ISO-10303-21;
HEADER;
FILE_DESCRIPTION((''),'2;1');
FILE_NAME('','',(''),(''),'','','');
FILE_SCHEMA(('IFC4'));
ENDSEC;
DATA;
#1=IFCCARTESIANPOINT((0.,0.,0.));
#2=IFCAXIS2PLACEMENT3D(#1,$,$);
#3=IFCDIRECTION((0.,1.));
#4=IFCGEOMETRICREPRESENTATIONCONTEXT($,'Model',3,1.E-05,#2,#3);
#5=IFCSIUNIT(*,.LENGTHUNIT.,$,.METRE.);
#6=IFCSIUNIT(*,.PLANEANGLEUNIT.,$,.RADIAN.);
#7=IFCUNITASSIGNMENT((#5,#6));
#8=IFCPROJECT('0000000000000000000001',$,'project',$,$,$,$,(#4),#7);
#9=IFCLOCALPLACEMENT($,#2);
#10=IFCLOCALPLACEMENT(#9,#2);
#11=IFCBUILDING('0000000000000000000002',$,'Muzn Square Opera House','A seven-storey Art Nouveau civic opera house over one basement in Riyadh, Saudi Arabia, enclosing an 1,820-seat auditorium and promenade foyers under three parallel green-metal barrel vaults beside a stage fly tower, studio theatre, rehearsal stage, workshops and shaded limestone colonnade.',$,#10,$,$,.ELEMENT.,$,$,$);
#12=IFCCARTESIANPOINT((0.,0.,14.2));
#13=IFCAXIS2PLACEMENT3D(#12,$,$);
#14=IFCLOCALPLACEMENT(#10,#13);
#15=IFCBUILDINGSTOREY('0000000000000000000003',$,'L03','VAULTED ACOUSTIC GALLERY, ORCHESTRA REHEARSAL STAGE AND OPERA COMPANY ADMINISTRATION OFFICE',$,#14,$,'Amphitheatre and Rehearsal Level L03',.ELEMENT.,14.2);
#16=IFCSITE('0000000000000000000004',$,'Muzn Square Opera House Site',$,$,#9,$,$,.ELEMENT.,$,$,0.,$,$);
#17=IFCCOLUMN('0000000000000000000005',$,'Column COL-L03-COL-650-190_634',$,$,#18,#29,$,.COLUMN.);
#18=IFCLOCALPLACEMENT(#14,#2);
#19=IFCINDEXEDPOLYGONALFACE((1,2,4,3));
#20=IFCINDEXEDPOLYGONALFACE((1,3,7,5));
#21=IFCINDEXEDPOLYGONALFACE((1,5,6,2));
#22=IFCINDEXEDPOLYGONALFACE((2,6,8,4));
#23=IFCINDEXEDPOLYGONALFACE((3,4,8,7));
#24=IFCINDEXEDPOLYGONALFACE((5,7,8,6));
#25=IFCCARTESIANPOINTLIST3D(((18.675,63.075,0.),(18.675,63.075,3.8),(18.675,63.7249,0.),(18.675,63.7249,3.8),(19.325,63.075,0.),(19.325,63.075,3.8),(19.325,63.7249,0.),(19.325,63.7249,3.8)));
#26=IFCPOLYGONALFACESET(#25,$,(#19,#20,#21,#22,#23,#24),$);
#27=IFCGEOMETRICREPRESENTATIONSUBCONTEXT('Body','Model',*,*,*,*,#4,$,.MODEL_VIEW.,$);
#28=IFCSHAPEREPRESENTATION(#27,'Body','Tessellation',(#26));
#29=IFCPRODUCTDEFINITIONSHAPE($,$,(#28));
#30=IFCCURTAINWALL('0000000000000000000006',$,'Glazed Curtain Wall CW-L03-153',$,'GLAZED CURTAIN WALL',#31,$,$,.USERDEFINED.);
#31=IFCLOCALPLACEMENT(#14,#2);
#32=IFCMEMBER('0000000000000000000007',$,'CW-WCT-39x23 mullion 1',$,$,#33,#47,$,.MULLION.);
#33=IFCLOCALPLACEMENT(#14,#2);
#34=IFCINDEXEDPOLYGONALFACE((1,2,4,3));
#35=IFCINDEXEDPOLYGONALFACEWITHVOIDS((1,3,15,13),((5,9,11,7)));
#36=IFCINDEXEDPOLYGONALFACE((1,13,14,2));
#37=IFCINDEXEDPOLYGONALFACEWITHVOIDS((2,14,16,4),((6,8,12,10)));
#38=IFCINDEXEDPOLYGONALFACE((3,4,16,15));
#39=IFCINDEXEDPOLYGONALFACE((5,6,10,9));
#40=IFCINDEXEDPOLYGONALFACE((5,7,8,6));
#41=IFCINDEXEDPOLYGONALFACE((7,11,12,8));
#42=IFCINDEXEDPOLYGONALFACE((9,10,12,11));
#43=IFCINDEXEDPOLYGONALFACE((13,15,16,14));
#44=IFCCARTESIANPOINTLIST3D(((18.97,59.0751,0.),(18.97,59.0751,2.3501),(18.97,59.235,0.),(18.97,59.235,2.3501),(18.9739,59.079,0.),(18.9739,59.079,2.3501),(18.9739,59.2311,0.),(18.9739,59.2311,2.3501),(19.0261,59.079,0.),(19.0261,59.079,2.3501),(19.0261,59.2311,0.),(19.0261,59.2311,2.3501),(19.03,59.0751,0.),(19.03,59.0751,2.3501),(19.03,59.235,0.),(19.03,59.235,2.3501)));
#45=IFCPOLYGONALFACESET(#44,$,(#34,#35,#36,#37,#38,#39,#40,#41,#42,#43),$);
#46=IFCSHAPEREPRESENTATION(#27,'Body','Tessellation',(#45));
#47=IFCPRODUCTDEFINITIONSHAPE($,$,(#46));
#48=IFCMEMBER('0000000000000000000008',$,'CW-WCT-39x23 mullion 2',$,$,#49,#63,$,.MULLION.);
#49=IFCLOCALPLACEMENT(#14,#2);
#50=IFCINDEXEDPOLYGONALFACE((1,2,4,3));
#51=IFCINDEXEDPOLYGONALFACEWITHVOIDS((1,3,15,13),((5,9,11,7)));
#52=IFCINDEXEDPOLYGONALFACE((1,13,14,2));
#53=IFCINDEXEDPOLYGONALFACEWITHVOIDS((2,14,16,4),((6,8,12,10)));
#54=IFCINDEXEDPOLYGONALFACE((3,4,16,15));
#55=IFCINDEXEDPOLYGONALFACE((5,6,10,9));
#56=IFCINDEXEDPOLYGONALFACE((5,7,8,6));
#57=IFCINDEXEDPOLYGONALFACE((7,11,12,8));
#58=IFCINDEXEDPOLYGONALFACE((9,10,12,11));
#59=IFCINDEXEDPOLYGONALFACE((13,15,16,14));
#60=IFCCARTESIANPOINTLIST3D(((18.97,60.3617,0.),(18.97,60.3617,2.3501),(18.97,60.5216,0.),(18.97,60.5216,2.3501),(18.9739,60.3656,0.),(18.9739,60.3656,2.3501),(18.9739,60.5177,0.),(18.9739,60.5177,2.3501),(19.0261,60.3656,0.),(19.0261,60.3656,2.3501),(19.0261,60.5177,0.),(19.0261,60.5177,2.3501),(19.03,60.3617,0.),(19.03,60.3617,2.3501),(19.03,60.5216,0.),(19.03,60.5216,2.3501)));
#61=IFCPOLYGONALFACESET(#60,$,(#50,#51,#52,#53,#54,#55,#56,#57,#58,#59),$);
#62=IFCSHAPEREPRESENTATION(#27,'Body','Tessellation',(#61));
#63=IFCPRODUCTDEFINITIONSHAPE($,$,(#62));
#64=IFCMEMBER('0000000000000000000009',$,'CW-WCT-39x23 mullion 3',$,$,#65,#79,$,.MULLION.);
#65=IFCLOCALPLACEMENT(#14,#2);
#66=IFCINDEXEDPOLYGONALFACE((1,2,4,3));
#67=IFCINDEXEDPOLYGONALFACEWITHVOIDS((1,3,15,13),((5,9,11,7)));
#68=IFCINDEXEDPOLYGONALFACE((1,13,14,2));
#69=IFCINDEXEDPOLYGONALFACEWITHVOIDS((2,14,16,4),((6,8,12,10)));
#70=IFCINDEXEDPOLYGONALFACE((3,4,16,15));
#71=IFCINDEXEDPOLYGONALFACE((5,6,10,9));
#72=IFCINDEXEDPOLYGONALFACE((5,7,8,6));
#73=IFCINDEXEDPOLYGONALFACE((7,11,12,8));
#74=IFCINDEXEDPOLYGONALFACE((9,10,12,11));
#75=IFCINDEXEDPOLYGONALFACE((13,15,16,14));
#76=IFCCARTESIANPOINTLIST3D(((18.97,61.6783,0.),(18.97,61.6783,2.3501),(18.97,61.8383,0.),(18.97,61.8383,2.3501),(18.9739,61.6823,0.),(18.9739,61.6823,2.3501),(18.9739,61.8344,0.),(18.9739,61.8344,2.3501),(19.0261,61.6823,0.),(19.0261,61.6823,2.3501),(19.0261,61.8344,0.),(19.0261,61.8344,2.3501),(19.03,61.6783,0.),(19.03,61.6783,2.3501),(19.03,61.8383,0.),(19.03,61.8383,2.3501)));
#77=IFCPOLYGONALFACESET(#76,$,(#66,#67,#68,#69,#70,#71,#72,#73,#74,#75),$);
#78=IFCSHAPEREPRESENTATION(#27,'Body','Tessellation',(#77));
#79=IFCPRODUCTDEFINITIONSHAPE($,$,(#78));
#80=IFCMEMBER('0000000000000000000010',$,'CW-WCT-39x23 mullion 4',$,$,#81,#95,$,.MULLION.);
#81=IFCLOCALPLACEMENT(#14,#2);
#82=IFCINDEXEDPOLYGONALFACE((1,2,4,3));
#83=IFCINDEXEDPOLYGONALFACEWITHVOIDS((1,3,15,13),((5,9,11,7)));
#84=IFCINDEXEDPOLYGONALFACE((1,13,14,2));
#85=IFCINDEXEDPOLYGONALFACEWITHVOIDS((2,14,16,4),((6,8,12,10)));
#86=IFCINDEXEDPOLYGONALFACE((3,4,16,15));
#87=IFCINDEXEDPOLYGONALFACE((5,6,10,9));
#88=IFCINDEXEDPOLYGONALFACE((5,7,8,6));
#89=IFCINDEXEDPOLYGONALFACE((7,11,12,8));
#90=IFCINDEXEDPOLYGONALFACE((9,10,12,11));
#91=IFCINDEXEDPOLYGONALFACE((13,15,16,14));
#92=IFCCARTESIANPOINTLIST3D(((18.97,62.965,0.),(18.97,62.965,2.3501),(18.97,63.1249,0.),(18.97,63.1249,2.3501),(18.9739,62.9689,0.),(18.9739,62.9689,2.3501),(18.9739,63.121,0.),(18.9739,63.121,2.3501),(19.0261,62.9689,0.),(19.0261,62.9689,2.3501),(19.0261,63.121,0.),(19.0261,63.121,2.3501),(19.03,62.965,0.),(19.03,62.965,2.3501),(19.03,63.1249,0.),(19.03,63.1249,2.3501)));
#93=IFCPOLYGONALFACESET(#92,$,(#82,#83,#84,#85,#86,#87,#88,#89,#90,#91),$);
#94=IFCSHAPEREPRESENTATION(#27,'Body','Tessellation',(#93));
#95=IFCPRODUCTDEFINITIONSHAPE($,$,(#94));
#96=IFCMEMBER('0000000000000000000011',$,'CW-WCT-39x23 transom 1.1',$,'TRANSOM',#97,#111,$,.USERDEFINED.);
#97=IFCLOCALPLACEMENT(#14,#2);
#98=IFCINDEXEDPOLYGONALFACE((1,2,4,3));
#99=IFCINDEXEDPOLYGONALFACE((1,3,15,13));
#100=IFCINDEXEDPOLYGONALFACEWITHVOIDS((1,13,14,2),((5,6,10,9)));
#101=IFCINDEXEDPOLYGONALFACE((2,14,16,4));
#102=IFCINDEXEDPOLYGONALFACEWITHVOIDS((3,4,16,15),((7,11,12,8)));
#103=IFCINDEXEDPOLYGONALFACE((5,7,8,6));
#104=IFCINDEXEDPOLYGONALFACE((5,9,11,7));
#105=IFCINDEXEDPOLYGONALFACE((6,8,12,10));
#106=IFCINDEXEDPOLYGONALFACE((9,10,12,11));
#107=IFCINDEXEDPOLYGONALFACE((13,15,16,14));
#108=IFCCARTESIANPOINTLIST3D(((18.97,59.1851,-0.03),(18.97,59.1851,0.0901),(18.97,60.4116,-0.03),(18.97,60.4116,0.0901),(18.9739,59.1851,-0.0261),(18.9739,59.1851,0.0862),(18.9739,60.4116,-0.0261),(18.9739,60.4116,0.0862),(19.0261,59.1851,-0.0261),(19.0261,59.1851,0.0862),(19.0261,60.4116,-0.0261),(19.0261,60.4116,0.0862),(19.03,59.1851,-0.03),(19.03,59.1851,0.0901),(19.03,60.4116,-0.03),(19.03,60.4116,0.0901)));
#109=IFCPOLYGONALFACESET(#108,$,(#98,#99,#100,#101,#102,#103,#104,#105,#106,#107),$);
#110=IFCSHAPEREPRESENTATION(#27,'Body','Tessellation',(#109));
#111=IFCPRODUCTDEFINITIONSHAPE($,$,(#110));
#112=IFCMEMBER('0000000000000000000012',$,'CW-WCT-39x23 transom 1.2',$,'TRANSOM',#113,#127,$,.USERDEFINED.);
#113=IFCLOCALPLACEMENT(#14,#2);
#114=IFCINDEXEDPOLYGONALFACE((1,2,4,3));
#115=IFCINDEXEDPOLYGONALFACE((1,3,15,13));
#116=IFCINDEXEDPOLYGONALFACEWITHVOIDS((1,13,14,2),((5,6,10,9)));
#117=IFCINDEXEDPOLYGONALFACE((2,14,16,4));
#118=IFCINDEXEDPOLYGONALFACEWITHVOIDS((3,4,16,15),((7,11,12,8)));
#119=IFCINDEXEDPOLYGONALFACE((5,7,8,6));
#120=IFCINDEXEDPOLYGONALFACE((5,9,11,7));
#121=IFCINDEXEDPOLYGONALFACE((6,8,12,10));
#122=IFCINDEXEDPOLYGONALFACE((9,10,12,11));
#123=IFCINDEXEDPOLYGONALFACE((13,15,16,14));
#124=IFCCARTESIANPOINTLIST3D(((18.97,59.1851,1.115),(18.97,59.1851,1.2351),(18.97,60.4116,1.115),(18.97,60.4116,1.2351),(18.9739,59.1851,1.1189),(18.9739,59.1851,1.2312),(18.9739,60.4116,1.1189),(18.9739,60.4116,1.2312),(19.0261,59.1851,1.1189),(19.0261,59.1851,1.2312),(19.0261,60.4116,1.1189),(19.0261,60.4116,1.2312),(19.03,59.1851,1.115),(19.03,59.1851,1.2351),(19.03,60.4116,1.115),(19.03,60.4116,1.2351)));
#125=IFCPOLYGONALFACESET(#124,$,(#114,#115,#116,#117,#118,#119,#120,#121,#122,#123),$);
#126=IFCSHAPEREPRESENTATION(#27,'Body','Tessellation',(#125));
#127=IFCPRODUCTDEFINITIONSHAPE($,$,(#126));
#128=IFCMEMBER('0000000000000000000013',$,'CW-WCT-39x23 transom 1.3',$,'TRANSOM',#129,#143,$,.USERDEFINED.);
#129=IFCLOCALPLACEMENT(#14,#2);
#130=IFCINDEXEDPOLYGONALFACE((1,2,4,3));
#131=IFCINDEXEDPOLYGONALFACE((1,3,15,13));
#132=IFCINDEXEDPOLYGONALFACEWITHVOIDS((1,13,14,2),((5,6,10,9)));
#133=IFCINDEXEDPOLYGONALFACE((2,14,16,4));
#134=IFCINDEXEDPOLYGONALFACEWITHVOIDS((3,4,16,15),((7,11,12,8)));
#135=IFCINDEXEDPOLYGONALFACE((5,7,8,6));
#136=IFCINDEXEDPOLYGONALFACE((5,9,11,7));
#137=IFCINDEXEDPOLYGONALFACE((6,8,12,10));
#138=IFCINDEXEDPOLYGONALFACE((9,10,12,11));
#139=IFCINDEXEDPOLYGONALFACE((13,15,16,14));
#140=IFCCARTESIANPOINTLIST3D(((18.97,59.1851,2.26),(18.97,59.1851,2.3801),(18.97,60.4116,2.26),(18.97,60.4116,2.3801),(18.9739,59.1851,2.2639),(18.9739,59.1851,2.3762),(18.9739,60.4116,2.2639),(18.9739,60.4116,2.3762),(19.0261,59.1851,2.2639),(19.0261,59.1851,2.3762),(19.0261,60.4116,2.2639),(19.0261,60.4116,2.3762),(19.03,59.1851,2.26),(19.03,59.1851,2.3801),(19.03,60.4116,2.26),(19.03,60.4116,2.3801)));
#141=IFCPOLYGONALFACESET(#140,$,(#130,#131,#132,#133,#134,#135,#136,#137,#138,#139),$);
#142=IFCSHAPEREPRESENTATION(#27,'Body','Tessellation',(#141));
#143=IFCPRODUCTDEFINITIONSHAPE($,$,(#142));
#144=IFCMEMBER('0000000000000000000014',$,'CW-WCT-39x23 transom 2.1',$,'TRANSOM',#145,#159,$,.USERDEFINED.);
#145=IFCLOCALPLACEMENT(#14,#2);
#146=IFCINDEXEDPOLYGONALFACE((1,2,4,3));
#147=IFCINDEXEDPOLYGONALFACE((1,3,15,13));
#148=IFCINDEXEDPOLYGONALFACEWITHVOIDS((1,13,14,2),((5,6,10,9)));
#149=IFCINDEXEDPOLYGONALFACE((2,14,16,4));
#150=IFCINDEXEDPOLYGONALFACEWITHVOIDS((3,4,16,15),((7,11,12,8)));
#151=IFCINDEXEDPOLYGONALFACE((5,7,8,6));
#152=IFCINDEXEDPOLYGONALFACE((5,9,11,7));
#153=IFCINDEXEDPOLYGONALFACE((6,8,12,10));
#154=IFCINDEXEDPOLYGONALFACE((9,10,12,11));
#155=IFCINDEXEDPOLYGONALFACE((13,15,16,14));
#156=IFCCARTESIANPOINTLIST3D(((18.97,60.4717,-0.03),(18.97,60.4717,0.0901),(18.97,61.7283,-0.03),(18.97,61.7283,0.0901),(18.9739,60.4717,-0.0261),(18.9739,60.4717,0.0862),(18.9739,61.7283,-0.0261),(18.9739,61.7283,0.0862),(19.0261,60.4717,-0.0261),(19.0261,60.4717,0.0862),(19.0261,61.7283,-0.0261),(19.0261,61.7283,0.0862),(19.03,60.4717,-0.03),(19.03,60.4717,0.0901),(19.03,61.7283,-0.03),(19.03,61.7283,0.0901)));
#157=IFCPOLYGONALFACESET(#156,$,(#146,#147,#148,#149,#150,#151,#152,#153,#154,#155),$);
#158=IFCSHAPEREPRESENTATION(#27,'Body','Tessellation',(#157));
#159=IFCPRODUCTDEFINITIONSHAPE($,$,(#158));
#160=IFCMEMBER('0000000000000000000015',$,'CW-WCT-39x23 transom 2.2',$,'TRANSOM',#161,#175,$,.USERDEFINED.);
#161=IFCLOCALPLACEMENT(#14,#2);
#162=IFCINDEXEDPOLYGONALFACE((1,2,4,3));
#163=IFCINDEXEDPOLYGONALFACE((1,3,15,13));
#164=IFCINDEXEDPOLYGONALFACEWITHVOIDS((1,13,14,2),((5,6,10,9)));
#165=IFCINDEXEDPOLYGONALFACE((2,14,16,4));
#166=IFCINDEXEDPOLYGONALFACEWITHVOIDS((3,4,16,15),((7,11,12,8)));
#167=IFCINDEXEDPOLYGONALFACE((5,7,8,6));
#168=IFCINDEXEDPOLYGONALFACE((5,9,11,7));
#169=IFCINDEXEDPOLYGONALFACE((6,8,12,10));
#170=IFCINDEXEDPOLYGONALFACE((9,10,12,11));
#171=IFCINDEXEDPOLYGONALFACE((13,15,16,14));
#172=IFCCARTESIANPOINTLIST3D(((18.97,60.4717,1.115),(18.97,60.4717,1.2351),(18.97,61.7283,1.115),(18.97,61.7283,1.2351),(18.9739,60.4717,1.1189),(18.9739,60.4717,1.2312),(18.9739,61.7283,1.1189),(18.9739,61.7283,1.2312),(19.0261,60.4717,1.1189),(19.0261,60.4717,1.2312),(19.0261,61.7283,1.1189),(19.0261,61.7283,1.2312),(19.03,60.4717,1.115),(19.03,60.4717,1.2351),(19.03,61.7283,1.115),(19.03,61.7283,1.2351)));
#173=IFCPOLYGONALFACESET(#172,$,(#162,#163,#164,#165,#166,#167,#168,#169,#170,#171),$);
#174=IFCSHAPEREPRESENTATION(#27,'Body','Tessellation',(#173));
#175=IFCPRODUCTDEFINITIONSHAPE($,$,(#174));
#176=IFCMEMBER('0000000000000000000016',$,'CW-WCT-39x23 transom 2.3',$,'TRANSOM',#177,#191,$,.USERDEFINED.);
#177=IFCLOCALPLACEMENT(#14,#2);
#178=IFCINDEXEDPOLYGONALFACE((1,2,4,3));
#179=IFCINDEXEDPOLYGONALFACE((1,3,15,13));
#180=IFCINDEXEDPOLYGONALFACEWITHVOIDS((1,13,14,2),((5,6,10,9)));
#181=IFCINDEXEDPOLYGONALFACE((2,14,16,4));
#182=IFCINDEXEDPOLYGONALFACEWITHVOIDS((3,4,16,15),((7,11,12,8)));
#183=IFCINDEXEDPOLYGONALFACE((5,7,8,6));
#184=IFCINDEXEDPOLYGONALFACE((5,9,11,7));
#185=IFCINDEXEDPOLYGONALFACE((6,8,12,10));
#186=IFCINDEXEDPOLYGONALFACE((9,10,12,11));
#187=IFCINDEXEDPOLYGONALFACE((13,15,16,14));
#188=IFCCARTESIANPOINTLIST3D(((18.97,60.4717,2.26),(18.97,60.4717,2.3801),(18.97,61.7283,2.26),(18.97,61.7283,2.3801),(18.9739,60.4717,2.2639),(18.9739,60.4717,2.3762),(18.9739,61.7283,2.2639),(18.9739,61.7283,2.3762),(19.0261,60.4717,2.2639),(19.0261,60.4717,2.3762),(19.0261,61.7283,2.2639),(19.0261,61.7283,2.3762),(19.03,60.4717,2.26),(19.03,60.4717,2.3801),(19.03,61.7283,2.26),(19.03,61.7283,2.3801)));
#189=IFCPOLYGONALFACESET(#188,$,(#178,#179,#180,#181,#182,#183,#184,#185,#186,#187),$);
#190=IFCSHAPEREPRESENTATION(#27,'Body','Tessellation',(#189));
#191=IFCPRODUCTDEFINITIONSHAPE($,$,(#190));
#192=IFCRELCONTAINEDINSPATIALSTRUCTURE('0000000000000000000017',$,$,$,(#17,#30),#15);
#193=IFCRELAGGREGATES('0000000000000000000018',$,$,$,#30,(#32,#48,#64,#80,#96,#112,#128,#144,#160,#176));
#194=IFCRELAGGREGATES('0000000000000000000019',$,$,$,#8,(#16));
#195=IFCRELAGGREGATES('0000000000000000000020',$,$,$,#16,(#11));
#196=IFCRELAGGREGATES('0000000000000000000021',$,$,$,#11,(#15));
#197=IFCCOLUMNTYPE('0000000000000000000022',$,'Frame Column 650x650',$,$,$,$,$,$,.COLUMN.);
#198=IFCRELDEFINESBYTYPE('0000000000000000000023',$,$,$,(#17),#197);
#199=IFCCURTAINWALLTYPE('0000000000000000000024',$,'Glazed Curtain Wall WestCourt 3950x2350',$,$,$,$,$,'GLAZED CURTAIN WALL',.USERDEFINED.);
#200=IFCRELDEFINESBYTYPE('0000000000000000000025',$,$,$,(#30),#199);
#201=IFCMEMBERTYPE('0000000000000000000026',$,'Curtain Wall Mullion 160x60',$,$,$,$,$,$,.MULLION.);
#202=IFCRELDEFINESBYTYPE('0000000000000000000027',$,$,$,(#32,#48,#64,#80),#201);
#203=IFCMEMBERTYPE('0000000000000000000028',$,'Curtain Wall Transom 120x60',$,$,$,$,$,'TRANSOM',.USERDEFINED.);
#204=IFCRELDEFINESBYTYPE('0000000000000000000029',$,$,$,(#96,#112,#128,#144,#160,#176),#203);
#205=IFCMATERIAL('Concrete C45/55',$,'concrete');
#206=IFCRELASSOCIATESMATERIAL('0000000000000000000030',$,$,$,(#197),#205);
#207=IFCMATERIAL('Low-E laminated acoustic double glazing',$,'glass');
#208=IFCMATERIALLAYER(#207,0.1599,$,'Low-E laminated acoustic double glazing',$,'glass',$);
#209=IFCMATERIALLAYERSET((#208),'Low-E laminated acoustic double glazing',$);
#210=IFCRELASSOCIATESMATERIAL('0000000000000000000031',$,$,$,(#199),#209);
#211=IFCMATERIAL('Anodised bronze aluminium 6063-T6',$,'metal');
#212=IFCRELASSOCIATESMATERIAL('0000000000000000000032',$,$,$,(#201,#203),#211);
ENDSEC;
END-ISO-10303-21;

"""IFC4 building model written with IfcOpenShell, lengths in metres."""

from ifc_helpers import new_model, si_unit, direction, frame, origin, origin_2d, place, context, subcontext, project, spatial, rectangle, hollow_rectangle, extrude, material, layer, layer_set, material_profile, profile_set, type_object, element, aggregate, save


model = new_model("IFC4")

# Units and contexts
model_context = context("Model", 3, precision=1e-05, world=origin(), true_north=direction((0.0, 1.0)))
body_context = subcontext(model_context, "Body", "Model", "MODEL_VIEW")
ifc_project = project(units=[si_unit("LENGTHUNIT", "METRE"), si_unit("PLANEANGLEUNIT", "RADIAN")], contexts=[model_context])

# Site, building, storey
site_placement = place(None, origin())
site = spatial("IfcSite", under=ifc_project, at=site_placement, Name="Muzn Square Opera House Site", CompositionType="ELEMENT", RefElevation=0.0)
building_placement = place(site_placement, origin())
building = spatial("IfcBuilding", under=site, at=building_placement, Name="Muzn Square Opera House", Description="A seven-storey Art Nouveau civic opera house over one basement in Riyadh, Saudi Arabia, enclosing an 1,820-seat auditorium and promenade foyers under three parallel green-metal barrel vaults beside a stage fly tower, studio theatre, rehearsal stage, workshops and shaded limestone colonnade.", CompositionType="ELEMENT")
storey_placement = place(building_placement, frame((0.0, 0.0, 14.2)))
storey = spatial("IfcBuildingStorey", under=building, at=storey_placement, Name="L03", Description="VAULTED ACOUSTIC GALLERY, ORCHESTRA REHEARSAL STAGE AND OPERA COMPANY ADMINISTRATION OFFICE", LongName="Amphitheatre and Rehearsal Level L03", CompositionType="ELEMENT", Elevation=14.2)

# Column
ifc_material_1 = material(Name="Concrete C45/55", Category="concrete")
ifc_material_profile_1 = material_profile(ifc_material_1, rectangle(XDim=0.6499, YDim=0.6499, at=origin_2d()), Name="RC 650x650", Category="concrete")
ifc_profile_set_1 = profile_set([ifc_material_profile_1], Name="Concrete C45/55")
column_type = type_object("IfcColumnType", Name="Frame Column 650x650", PredefinedType="COLUMN", material=ifc_profile_set_1)
column_placement = place(storey_placement, frame((19.0, 63.3999, 0.0), z_axis=(0.0, 0.0, 1.0), x_axis=(1.0, 0.0, 0.0)))
element("IfcColumn", 1, at=column_placement, inside=storey, type_object=column_type, Name="Column COL-L03-COL-650-190_634", PredefinedType="COLUMN", context=body_context, shape_type="SweptSolid", body=[
    extrude(rectangle(XDim=0.6499, YDim=0.6499, at=origin_2d()), origin(), (0.0, 0.0, 1.0), 3.8),
])

# Curtain wall, members
ifc_material_2 = material(Name="Low-E laminated acoustic double glazing", Category="glass")
ifc_layer_1 = layer(ifc_material_2, 0.1599, Name="Low-E laminated acoustic double glazing", Category="glass")
ifc_layer_set_1 = layer_set([ifc_layer_1], Name="Low-E laminated acoustic double glazing")
curtain_wall_type = type_object("IfcCurtainWallType", Name="Glazed Curtain Wall WestCourt 3950x2350", ElementType="GLAZED CURTAIN WALL", PredefinedType="USERDEFINED", material=ifc_layer_set_1)
curtain_wall_placement = place(storey_placement, origin())
curtain_wall = element("IfcCurtainWall", 2, at=curtain_wall_placement, inside=storey, type_object=curtain_wall_type, Name="Glazed Curtain Wall CW-L03-153", ObjectType="GLAZED CURTAIN WALL", PredefinedType="USERDEFINED")
ifc_material_3 = material(Name="Anodised bronze aluminium 6063-T6", Category="metal")
ifc_material_profile_2 = material_profile(ifc_material_3, hollow_rectangle(XDim=0.0601, YDim=0.1599, WallThickness=0.0039, at=origin_2d()), Name="ALU 160x60x4", Category="metal")
ifc_profile_set_2 = profile_set([ifc_material_profile_2], Name="Anodised bronze aluminium 6063-T6")
member_type_1 = type_object("IfcMemberType", Name="Curtain Wall Mullion 160x60", PredefinedType="MULLION", material=ifc_profile_set_2)
member_1_placement = place(storey_placement, frame((19.0, 59.155, 0.0), z_axis=(0.0, 0.0, 1.0), x_axis=(-1.0, 0.0, 0.0)))
member_1 = element("IfcMember", 3, at=member_1_placement, type_object=member_type_1, Name="CW-WCT-39x23 mullion 1", PredefinedType="MULLION", context=body_context, shape_type="SweptSolid", body=[
    extrude(hollow_rectangle(XDim=0.0601, YDim=0.1599, WallThickness=0.0039, at=origin_2d()), origin(), (0.0, 0.0, 1.0), 2.3501),
])
member_2_placement = place(storey_placement, frame((19.0, 60.4417, 0.0), z_axis=(0.0, 0.0, 1.0), x_axis=(-1.0, 0.0, 0.0)))
member_2 = element("IfcMember", 4, at=member_2_placement, type_object=member_type_1, Name="CW-WCT-39x23 mullion 2", PredefinedType="MULLION", context=body_context, shape_type="SweptSolid", body=[
    extrude(hollow_rectangle(XDim=0.0601, YDim=0.1599, WallThickness=0.0039, at=origin_2d()), origin(), (0.0, 0.0, 1.0), 2.3501),
])
member_3_placement = place(storey_placement, frame((19.0, 61.7583, 0.0), z_axis=(0.0, 0.0, 1.0), x_axis=(-1.0, 0.0, 0.0)))
member_3 = element("IfcMember", 5, at=member_3_placement, type_object=member_type_1, Name="CW-WCT-39x23 mullion 3", PredefinedType="MULLION", context=body_context, shape_type="SweptSolid", body=[
    extrude(hollow_rectangle(XDim=0.0601, YDim=0.1599, WallThickness=0.0039, at=origin_2d()), origin(), (0.0, 0.0, 1.0), 2.3501),
])
member_4_placement = place(storey_placement, frame((19.0, 63.0449, 0.0), z_axis=(0.0, 0.0, 1.0), x_axis=(-1.0, 0.0, 0.0)))
member_4 = element("IfcMember", 6, at=member_4_placement, type_object=member_type_1, Name="CW-WCT-39x23 mullion 4", PredefinedType="MULLION", context=body_context, shape_type="SweptSolid", body=[
    extrude(hollow_rectangle(XDim=0.0601, YDim=0.1599, WallThickness=0.0039, at=origin_2d()), origin(), (0.0, 0.0, 1.0), 2.3501),
])
ifc_material_profile_3 = material_profile(ifc_material_3, hollow_rectangle(XDim=0.0601, YDim=0.1201, WallThickness=0.0039, at=origin_2d()), Name="ALU 120x60x4", Category="metal")
ifc_profile_set_3 = profile_set([ifc_material_profile_3], Name="Anodised bronze aluminium 6063-T6")
member_type_2 = type_object("IfcMemberType", Name="Curtain Wall Transom 120x60", ElementType="TRANSOM", PredefinedType="USERDEFINED", material=ifc_profile_set_3)
member_5_placement = place(storey_placement, frame((19.0, 59.1851, 0.03), z_axis=(0.0, 1.0, 0.0), x_axis=(-1.0, 0.0, 0.0)))
member_5 = element("IfcMember", 7, at=member_5_placement, type_object=member_type_2, Name="CW-WCT-39x23 transom 1.1", ObjectType="TRANSOM", PredefinedType="USERDEFINED", context=body_context, shape_type="SweptSolid", body=[
    extrude(hollow_rectangle(XDim=0.0601, YDim=0.1201, WallThickness=0.0039, at=origin_2d()), origin(), (0.0, 0.0, 1.0), 1.2266),
])
member_6_placement = place(storey_placement, frame((19.0, 59.1851, 1.175), z_axis=(0.0, 1.0, 0.0), x_axis=(-1.0, 0.0, 0.0)))
member_6 = element("IfcMember", 8, at=member_6_placement, type_object=member_type_2, Name="CW-WCT-39x23 transom 1.2", ObjectType="TRANSOM", PredefinedType="USERDEFINED", context=body_context, shape_type="SweptSolid", body=[
    extrude(hollow_rectangle(XDim=0.0601, YDim=0.1201, WallThickness=0.0039, at=origin_2d()), origin(), (0.0, 0.0, 1.0), 1.2266),
])
member_7_placement = place(storey_placement, frame((19.0, 59.1851, 2.3201), z_axis=(0.0, 1.0, 0.0), x_axis=(-1.0, 0.0, 0.0)))
member_7 = element("IfcMember", 9, at=member_7_placement, type_object=member_type_2, Name="CW-WCT-39x23 transom 1.3", ObjectType="TRANSOM", PredefinedType="USERDEFINED", context=body_context, shape_type="SweptSolid", body=[
    extrude(hollow_rectangle(XDim=0.0601, YDim=0.1201, WallThickness=0.0039, at=origin_2d()), origin(), (0.0, 0.0, 1.0), 1.2266),
])
member_8_placement = place(storey_placement, frame((19.0, 60.4717, 0.03), z_axis=(0.0, 1.0, 0.0), x_axis=(-1.0, 0.0, 0.0)))
member_8 = element("IfcMember", 10, at=member_8_placement, type_object=member_type_2, Name="CW-WCT-39x23 transom 2.1", ObjectType="TRANSOM", PredefinedType="USERDEFINED", context=body_context, shape_type="SweptSolid", body=[
    extrude(hollow_rectangle(XDim=0.0601, YDim=0.1201, WallThickness=0.0039, at=origin_2d()), origin(), (0.0, 0.0, 1.0), 1.2566),
])
member_9_placement = place(storey_placement, frame((19.0, 60.4717, 1.175), z_axis=(0.0, 1.0, 0.0), x_axis=(-1.0, 0.0, 0.0)))
member_9 = element("IfcMember", 11, at=member_9_placement, type_object=member_type_2, Name="CW-WCT-39x23 transom 2.2", ObjectType="TRANSOM", PredefinedType="USERDEFINED", context=body_context, shape_type="SweptSolid", body=[
    extrude(hollow_rectangle(XDim=0.0601, YDim=0.1201, WallThickness=0.0039, at=origin_2d()), origin(), (0.0, 0.0, 1.0), 1.2566),
])
member_10_placement = place(storey_placement, frame((19.0, 60.4717, 2.3201), z_axis=(0.0, 1.0, 0.0), x_axis=(-1.0, 0.0, 0.0)))
member_10 = element("IfcMember", 12, at=member_10_placement, type_object=member_type_2, Name="CW-WCT-39x23 transom 2.3", ObjectType="TRANSOM", PredefinedType="USERDEFINED", context=body_context, shape_type="SweptSolid", body=[
    extrude(hollow_rectangle(XDim=0.0601, YDim=0.1201, WallThickness=0.0039, at=origin_2d()), origin(), (0.0, 0.0, 1.0), 1.2566),
])

aggregate(curtain_wall, [member_1, member_2, member_3, member_4, member_5, member_6, member_7, member_8, member_9, member_10])

save(model, "model.ifc")
